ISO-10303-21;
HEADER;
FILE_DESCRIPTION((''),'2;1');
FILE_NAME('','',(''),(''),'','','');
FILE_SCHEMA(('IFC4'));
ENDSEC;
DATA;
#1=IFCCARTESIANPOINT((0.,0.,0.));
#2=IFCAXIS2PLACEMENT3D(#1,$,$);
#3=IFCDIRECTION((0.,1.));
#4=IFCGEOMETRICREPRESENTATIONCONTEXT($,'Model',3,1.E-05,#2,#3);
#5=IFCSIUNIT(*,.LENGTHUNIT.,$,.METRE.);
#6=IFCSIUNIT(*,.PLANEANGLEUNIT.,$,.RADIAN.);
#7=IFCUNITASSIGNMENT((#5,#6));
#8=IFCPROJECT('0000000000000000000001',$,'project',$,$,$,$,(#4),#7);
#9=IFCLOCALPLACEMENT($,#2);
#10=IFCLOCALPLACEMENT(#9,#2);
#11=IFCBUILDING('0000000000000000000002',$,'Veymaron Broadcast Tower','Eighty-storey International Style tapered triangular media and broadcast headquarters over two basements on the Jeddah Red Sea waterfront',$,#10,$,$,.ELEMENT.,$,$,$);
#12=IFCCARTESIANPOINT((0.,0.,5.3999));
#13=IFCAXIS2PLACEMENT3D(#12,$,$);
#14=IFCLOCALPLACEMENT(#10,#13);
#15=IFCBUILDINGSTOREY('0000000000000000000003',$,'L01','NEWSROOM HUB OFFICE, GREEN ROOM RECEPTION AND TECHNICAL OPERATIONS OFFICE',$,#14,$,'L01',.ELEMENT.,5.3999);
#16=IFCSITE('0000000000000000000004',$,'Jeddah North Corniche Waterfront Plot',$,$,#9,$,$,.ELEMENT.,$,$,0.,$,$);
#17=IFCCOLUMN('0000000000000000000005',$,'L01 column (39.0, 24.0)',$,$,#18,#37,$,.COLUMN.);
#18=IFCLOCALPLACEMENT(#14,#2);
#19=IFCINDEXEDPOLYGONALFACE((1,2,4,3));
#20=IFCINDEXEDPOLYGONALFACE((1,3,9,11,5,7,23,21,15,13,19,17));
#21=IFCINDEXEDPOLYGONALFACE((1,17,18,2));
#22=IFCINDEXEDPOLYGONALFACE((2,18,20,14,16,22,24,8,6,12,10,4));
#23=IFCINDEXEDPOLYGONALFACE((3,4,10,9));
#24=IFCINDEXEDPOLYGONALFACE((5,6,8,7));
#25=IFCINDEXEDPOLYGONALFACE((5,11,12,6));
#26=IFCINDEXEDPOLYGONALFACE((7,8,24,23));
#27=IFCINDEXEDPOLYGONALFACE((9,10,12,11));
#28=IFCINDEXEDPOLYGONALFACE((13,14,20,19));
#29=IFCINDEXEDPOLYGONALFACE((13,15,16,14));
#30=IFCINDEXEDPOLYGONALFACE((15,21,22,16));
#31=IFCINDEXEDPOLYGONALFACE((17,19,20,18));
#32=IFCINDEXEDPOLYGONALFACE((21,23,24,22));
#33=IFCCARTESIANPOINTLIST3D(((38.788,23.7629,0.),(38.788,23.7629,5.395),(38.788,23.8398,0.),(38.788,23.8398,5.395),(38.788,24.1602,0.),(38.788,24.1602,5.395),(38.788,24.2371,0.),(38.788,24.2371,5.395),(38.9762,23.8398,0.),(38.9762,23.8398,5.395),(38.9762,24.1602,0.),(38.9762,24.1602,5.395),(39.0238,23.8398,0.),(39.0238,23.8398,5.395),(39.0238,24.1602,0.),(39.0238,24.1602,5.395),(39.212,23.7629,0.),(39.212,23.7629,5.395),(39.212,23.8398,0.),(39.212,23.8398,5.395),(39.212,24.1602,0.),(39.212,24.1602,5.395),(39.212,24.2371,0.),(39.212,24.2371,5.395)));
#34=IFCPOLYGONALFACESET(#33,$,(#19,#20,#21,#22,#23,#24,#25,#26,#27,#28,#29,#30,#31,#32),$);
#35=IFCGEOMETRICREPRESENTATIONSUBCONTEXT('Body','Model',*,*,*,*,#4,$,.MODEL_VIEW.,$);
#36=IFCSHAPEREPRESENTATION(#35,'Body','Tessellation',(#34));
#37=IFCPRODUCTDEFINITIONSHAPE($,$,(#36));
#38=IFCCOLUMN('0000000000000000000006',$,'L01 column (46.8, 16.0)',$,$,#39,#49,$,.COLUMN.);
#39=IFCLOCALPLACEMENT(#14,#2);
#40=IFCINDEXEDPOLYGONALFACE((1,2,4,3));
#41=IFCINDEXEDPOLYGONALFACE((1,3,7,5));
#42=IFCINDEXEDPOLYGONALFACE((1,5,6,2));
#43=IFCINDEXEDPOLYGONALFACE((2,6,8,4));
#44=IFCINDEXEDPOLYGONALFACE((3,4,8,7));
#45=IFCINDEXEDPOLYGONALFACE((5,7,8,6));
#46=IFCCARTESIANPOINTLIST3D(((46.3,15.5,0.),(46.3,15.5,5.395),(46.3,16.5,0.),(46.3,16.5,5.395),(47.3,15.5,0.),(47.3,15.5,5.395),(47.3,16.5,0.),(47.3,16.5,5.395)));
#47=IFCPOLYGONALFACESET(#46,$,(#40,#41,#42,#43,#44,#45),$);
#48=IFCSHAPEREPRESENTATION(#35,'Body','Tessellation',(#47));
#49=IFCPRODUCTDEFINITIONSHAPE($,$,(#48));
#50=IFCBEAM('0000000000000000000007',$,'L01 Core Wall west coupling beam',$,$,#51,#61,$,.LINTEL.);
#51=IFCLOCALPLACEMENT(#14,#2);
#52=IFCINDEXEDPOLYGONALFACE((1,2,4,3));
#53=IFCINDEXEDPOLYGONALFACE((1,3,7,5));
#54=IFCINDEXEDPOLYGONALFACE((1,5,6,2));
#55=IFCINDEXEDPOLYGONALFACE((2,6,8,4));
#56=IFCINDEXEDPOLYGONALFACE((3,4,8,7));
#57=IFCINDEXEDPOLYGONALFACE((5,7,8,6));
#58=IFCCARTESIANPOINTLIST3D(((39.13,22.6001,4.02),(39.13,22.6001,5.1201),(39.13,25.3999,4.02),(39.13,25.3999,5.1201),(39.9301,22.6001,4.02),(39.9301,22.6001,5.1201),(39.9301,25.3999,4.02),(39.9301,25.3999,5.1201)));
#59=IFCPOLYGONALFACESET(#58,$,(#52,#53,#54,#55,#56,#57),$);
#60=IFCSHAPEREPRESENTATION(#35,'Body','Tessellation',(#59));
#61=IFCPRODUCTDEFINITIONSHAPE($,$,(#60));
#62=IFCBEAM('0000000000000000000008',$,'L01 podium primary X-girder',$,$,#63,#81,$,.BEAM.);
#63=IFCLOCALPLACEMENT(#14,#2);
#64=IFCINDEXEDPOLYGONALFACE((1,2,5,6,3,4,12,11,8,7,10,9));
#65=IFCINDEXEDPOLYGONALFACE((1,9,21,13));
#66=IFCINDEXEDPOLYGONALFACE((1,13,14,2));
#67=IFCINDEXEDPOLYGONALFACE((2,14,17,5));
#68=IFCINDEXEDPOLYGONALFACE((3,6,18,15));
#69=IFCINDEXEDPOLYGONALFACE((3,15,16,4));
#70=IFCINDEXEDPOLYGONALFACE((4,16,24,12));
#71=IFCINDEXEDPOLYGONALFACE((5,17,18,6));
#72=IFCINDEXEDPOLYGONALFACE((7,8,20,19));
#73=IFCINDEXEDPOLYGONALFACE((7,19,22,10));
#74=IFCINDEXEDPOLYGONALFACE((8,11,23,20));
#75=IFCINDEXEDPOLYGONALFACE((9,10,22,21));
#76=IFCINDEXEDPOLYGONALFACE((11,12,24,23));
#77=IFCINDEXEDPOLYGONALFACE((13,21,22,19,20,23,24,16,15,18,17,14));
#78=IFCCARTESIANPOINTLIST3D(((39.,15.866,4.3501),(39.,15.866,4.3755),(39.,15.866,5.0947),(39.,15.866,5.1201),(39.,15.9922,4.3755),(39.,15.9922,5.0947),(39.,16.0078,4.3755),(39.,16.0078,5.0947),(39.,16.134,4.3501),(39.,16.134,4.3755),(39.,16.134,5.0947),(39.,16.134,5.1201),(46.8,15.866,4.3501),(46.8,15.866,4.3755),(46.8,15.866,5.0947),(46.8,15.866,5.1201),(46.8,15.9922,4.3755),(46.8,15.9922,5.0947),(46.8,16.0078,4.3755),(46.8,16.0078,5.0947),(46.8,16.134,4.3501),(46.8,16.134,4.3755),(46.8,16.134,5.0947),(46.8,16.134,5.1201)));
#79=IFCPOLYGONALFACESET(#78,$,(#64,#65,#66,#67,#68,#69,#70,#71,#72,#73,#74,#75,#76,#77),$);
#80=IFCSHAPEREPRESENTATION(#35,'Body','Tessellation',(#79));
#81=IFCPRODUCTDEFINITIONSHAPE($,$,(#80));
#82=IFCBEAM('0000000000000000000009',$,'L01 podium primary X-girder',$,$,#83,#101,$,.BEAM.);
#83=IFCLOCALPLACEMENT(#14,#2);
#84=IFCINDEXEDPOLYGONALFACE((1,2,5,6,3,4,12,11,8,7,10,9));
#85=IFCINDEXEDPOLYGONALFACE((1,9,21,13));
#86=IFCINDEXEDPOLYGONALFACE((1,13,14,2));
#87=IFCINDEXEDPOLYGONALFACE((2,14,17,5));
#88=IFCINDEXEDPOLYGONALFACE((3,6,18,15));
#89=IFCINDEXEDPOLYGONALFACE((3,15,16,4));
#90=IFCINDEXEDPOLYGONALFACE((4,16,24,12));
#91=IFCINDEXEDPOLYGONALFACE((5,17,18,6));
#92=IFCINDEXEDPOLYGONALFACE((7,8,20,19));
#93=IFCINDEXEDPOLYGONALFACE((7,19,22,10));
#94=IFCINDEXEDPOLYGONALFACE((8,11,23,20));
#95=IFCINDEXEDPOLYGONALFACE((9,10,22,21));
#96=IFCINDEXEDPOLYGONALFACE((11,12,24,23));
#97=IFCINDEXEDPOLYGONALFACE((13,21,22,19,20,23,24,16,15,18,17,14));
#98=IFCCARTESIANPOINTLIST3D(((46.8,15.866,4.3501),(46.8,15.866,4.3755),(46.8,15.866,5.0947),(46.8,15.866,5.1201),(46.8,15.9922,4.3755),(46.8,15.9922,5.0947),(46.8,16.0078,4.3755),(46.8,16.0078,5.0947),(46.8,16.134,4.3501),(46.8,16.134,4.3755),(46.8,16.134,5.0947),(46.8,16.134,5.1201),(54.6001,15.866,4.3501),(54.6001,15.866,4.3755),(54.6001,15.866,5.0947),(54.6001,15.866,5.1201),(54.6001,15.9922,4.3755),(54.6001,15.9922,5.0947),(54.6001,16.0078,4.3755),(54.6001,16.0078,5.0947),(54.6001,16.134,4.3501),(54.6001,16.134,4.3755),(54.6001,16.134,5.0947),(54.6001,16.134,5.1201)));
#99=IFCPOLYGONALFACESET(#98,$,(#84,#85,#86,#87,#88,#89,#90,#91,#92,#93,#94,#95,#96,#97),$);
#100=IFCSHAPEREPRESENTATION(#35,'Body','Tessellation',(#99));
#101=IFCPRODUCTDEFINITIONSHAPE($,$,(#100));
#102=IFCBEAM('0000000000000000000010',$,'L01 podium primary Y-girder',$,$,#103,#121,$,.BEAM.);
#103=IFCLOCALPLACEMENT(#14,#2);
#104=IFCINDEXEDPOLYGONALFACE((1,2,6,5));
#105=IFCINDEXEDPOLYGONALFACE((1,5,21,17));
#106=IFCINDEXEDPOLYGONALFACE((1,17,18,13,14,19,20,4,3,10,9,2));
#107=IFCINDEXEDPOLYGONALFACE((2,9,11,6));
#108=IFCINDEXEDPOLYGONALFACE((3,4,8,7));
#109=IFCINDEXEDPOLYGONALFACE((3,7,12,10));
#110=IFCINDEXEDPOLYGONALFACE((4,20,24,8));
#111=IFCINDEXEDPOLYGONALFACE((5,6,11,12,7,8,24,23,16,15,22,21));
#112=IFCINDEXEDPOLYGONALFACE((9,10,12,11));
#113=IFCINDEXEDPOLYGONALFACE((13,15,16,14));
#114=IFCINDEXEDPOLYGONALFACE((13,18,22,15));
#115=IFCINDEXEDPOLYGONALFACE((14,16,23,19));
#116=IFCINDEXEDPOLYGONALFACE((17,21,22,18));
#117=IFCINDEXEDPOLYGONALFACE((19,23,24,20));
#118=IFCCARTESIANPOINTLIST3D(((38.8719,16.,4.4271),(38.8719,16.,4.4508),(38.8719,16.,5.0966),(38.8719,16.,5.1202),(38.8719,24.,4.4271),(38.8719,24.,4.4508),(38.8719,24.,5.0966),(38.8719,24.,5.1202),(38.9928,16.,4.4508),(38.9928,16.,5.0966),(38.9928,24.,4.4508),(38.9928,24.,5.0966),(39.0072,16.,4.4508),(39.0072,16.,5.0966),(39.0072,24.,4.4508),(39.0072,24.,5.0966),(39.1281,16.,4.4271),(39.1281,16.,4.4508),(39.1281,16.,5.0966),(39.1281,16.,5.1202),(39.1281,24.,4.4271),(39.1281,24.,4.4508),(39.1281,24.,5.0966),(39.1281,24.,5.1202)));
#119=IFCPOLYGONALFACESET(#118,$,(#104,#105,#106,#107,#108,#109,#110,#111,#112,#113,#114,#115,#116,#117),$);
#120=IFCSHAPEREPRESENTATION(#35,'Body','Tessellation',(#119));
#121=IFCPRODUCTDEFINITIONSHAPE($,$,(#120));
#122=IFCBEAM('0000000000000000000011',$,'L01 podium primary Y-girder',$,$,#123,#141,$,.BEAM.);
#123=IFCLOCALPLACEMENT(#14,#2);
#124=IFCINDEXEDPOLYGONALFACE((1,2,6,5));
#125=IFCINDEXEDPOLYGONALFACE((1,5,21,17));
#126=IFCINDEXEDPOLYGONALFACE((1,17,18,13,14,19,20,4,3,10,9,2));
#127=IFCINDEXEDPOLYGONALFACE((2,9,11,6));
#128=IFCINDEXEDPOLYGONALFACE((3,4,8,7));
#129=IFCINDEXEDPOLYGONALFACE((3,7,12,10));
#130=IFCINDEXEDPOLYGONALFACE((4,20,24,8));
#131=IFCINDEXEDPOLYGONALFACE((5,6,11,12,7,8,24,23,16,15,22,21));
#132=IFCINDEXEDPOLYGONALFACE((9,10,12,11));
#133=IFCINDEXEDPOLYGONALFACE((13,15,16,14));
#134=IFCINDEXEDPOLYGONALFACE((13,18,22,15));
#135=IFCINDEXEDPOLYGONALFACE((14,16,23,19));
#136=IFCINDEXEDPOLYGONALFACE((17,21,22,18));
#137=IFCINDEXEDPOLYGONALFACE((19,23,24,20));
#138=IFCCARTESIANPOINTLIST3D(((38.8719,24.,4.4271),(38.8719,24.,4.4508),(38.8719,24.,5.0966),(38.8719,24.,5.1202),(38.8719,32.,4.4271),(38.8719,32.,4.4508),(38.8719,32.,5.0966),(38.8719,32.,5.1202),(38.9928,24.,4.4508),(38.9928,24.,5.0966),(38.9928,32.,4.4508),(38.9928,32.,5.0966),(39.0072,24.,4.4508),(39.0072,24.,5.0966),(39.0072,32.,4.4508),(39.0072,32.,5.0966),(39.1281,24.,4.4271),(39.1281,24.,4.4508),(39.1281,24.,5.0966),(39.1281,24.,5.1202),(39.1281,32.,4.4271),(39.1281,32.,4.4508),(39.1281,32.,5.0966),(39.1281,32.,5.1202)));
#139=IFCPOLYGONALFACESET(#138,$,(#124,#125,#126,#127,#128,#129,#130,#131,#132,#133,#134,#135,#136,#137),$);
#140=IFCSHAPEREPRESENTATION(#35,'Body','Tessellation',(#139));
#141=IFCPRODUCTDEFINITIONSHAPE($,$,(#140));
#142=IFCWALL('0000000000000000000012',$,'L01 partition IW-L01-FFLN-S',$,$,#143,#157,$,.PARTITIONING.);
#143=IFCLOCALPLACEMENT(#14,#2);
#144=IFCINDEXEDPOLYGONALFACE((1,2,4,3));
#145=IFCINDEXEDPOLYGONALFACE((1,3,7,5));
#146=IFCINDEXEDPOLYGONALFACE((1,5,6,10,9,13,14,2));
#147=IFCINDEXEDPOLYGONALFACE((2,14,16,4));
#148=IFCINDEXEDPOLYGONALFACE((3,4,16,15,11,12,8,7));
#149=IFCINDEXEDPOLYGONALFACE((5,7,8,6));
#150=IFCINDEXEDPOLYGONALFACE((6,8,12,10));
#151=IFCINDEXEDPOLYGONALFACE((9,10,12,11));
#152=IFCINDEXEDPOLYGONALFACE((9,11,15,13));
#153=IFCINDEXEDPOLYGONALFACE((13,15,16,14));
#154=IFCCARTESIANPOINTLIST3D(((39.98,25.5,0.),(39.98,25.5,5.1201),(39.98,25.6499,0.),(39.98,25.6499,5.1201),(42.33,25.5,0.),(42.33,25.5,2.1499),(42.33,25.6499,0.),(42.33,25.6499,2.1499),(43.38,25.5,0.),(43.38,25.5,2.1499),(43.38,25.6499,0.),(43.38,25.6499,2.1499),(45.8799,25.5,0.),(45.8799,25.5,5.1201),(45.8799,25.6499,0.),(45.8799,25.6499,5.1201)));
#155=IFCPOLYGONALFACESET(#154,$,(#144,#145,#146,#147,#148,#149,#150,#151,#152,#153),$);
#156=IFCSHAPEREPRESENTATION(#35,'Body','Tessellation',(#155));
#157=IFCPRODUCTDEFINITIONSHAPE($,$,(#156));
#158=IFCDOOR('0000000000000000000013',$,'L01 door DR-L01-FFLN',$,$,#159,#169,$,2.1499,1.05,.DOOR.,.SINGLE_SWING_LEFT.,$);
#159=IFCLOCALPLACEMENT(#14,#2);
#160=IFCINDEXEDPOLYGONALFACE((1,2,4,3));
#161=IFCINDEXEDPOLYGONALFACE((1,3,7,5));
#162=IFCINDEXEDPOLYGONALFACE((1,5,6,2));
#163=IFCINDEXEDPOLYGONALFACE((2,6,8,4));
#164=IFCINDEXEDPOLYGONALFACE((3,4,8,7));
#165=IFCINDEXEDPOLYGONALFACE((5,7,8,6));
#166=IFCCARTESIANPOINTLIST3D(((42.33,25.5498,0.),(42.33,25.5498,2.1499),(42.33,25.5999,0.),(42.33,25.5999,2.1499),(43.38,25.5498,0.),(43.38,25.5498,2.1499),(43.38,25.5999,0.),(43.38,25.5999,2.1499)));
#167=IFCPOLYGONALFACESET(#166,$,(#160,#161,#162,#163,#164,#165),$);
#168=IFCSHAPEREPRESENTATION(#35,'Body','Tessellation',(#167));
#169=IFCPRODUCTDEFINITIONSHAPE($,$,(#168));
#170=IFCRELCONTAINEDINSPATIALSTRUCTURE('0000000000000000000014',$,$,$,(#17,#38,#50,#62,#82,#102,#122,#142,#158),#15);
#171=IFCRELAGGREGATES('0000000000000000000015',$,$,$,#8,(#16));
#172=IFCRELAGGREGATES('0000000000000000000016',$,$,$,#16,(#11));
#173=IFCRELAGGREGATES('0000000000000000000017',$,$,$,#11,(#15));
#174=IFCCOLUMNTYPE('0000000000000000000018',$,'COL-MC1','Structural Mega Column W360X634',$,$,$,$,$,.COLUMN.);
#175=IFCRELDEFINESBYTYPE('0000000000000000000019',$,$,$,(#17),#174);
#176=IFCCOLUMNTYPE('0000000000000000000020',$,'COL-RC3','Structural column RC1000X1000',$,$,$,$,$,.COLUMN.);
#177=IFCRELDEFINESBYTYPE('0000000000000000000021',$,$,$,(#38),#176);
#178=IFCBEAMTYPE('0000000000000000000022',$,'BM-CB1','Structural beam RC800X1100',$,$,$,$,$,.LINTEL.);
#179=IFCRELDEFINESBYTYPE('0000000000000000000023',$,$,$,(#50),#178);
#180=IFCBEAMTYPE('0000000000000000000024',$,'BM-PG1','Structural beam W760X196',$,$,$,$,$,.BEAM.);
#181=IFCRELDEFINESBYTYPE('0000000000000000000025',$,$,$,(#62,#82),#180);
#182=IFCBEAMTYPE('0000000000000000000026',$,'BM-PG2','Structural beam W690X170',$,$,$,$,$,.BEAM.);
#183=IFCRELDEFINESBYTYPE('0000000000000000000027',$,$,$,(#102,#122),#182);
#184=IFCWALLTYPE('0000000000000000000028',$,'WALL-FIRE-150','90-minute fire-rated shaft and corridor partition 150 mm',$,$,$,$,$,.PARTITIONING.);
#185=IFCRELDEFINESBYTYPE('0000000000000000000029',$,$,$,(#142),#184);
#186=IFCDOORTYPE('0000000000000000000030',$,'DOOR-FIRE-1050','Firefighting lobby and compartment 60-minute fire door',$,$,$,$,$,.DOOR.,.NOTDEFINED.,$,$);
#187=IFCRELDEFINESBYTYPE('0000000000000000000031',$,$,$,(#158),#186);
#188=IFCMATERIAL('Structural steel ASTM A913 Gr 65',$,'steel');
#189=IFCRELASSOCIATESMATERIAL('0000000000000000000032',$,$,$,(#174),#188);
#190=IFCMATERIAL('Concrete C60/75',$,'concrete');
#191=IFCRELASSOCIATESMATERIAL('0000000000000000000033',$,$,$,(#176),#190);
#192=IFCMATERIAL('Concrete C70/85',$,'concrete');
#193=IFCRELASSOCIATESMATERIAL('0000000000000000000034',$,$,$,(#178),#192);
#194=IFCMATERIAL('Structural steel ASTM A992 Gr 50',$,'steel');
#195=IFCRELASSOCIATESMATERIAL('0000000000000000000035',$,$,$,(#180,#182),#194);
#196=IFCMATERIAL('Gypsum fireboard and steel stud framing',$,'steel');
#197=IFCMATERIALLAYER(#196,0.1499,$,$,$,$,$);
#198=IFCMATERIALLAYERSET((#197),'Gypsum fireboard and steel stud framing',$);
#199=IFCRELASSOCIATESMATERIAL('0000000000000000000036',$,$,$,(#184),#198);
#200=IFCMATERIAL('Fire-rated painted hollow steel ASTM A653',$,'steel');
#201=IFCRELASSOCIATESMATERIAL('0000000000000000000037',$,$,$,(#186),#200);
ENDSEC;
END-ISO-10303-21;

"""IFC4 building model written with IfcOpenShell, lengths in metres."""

from ifc_helpers import new_model, si_unit, direction, frame, frame_2d, origin, origin_2d, place, context, subcontext, project, spatial, rectangle, i_section, extrude, material, layer, layer_set, material_profile, profile_set, type_object, element, fill, save


model = new_model("IFC4")

# Units and contexts
model_context = context("Model", 3, precision=1e-05, world=origin(), true_north=direction((0.0, 1.0)))
body_context = subcontext(model_context, "Body", "Model", "MODEL_VIEW")
ifc_project = project(units=[si_unit("LENGTHUNIT", "METRE"), si_unit("PLANEANGLEUNIT", "RADIAN")], contexts=[model_context])

# Site, building, storey
site_placement = place(None, origin())
site = spatial("IfcSite", under=ifc_project, at=site_placement, Name="Jeddah North Corniche Waterfront Plot", CompositionType="ELEMENT", RefElevation=0.0)
building_placement = place(site_placement, origin())
building = spatial("IfcBuilding", under=site, at=building_placement, Name="Veymaron Broadcast Tower", Description="Eighty-storey International Style tapered triangular media and broadcast headquarters over two basements on the Jeddah Red Sea waterfront", CompositionType="ELEMENT")
storey_placement = place(building_placement, frame((0.0, 0.0, 5.3999)))
storey = spatial("IfcBuildingStorey", under=building, at=storey_placement, Name="L01", Description="NEWSROOM HUB OFFICE, GREEN ROOM RECEPTION AND TECHNICAL OPERATIONS OFFICE", LongName="L01", CompositionType="ELEMENT", Elevation=5.3999)

# Columns
ifc_material_1 = material(Name="Structural steel ASTM A913 Gr 65", Category="steel")
ifc_material_profile_1 = material_profile(ifc_material_1, i_section(OverallWidth=0.4241, OverallDepth=0.4741, WebThickness=0.0476, FlangeThickness=0.0769, at=origin_2d()), Name="W360X634")
ifc_profile_set_1 = profile_set([ifc_material_profile_1], Name="Structural steel ASTM A913 Gr 65")
column_type_1 = type_object("IfcColumnType", Name="COL-MC1", Description="Structural Mega Column W360X634", PredefinedType="COLUMN", material=ifc_profile_set_1)
column_1_placement = place(storey_placement, frame((39.0, 24.0, 0.0), z_axis=(0.0, 0.0, 1.0), x_axis=(1.0, 0.0, 0.0)))
element("IfcColumn", 1, at=column_1_placement, inside=storey, type_object=column_type_1, Name="L01 column (39.0, 24.0)", PredefinedType="COLUMN", context=body_context, shape_type="SweptSolid", body=[
    extrude(i_section(OverallWidth=0.4241, OverallDepth=0.4741, WebThickness=0.0476, FlangeThickness=0.0769, at=origin_2d()), origin(), (0.0, 0.0, 1.0), 5.395),
])
ifc_material_2 = material(Name="Concrete C60/75", Category="concrete")
ifc_material_profile_2 = material_profile(ifc_material_2, rectangle(XDim=1.0, YDim=1.0, at=origin_2d()), Name="RC1000X1000")
ifc_profile_set_2 = profile_set([ifc_material_profile_2], Name="Concrete C60/75")
column_type_2 = type_object("IfcColumnType", Name="COL-RC3", Description="Structural column RC1000X1000", PredefinedType="COLUMN", material=ifc_profile_set_2)
column_2_placement = place(storey_placement, frame((46.8, 16.0, 0.0), z_axis=(0.0, 0.0, 1.0), x_axis=(1.0, 0.0, 0.0)))
element("IfcColumn", 2, at=column_2_placement, inside=storey, type_object=column_type_2, Name="L01 column (46.8, 16.0)", PredefinedType="COLUMN", context=body_context, shape_type="SweptSolid", body=[
    extrude(rectangle(XDim=1.0, YDim=1.0, at=origin_2d()), origin(), (0.0, 0.0, 1.0), 5.395),
])

# Beams
ifc_material_3 = material(Name="Concrete C70/85", Category="concrete")
ifc_material_profile_3 = material_profile(ifc_material_3, rectangle(XDim=0.8, YDim=1.1001, at=origin_2d()), Name="RC800X1100")
ifc_profile_set_3 = profile_set([ifc_material_profile_3], Name="Concrete C70/85")
beam_type_1 = type_object("IfcBeamType", Name="BM-CB1", Description="Structural beam RC800X1100", PredefinedType="LINTEL", material=ifc_profile_set_3)
beam_placement = place(storey_placement, frame((39.53, 22.6001, 4.5701), z_axis=(0.0, 1.0, 0.0), x_axis=(-1.0, 0.0, 0.0)))
element("IfcBeam", 3, at=beam_placement, inside=storey, type_object=beam_type_1, Name="L01 Core Wall west coupling beam", PredefinedType="LINTEL", context=body_context, shape_type="SweptSolid", body=[
    extrude(rectangle(XDim=0.8, YDim=1.1001, at=origin_2d()), origin(), (0.0, 0.0, 1.0), 2.7998),
])
ifc_material_4 = material(Name="Structural steel ASTM A992 Gr 50", Category="steel")
ifc_material_profile_4 = material_profile(ifc_material_4, i_section(OverallWidth=0.2681, OverallDepth=0.77, WebThickness=0.0156, FlangeThickness=0.0254, at=origin_2d()), Name="W760X196")
ifc_profile_set_4 = profile_set([ifc_material_profile_4], Name="Structural steel ASTM A992 Gr 50")
beam_type_2 = type_object("IfcBeamType", Name="BM-PG1", Description="Structural beam W760X196", PredefinedType="BEAM", material=ifc_profile_set_4)
for number, where, z_axis, x_axis, name in (
    (4, (39.0, 16.0, 4.7351), (1.0, 0.0, 0.0), (0.0, 1.0, 0.0), "L01 podium primary X-girder"),
    (5, (46.8, 16.0, 4.7351), (1.0, 0.0, 0.0), (0.0, 1.0, 0.0), "L01 podium primary X-girder"),
):
    element("IfcBeam", number, at=place(storey_placement, frame(where, z_axis=z_axis, x_axis=x_axis)), inside=storey, type_object=beam_type_2, Name=name, PredefinedType="BEAM", context=body_context, shape_type="SweptSolid", body=[
        extrude(i_section(OverallWidth=0.2681, OverallDepth=0.77, WebThickness=0.0156, FlangeThickness=0.0254, at=origin_2d()), origin(), (0.0, 0.0, 1.0), 7.8),
    ])
ifc_material_profile_5 = material_profile(ifc_material_4, i_section(OverallWidth=0.2561, OverallDepth=0.6931, WebThickness=0.0144, FlangeThickness=0.0237, at=origin_2d()), Name="W690X170")
ifc_profile_set_5 = profile_set([ifc_material_profile_5], Name="Structural steel ASTM A992 Gr 50")
beam_type_3 = type_object("IfcBeamType", Name="BM-PG2", Description="Structural beam W690X170", PredefinedType="BEAM", material=ifc_profile_set_5)
for number, where, z_axis, x_axis, name in (
    (6, (39.0, 16.0, 4.7737), (0.0, 1.0, 0.0), (-1.0, 0.0, 0.0), "L01 podium primary Y-girder"),
    (7, (39.0, 24.0, 4.7737), (0.0, 1.0, 0.0), (-1.0, 0.0, 0.0), "L01 podium primary Y-girder"),
):
    element("IfcBeam", number, at=place(storey_placement, frame(where, z_axis=z_axis, x_axis=x_axis)), inside=storey, type_object=beam_type_3, Name=name, PredefinedType="BEAM", context=body_context, shape_type="SweptSolid", body=[
        extrude(i_section(OverallWidth=0.2561, OverallDepth=0.6931, WebThickness=0.0144, FlangeThickness=0.0237, at=origin_2d()), origin(), (0.0, 0.0, 1.0), 8.0),
    ])

# Wall, opening, door
ifc_material_5 = material(Name="Gypsum fireboard and steel stud framing", Category="steel")
ifc_layer_1 = layer(ifc_material_5, 0.1499)
ifc_layer_set_1 = layer_set([ifc_layer_1], Name="Gypsum fireboard and steel stud framing")
wall_type_1 = type_object("IfcWallType", Name="WALL-FIRE-150", Description="90-minute fire-rated shaft and corridor partition 150 mm", PredefinedType="PARTITIONING", material=ifc_layer_set_1)
wall_1_placement = place(storey_placement, frame((39.98, 25.575, 0.0), z_axis=(0.0, 0.0, 1.0), x_axis=(1.0, 0.0, 0.0)))
wall_1 = element("IfcWall", 8, at=wall_1_placement, inside=storey, type_object=wall_type_1, Name="L01 partition IW-L01-FFLN-S", PredefinedType="PARTITIONING", context=body_context, shape_type="SweptSolid", body=[
    extrude(rectangle(XDim=5.8999, YDim=0.1499, at=frame_2d((2.95, 0.0))), origin(), (0.0, 0.0, 1.0), 5.1201),
])
opening_1_placement = place(wall_1_placement, frame((2.3501, 0.0, 0.0)))
opening_1 = element("IfcOpeningElement", 9, at=opening_1_placement, cuts=wall_1, PredefinedType="OPENING", context=body_context, shape_type="SweptSolid", body=[
    extrude(rectangle(XDim=1.05, YDim=2.1499, at=frame_2d((0.5249, 1.075))), frame((0.0, 0.085, 0.0), z_axis=(0.0, -1.0, 0.0), x_axis=(1.0, 0.0, 0.0)), (0.0, 0.0, 1.0), 0.1699),
])
ifc_material_6 = material(Name="Fire-rated painted hollow steel ASTM A653", Category="steel")
door_type_1 = type_object("IfcDoorType", Name="DOOR-FIRE-1050", Description="Firefighting lobby and compartment 60-minute fire door", OperationType="NOTDEFINED", PredefinedType="DOOR", material=ifc_material_6)
door_1_placement = place(opening_1_placement, origin())
door_1 = element("IfcDoor", 10, at=door_1_placement, inside=storey, type_object=door_type_1, Name="L01 door DR-L01-FFLN", OperationType="SINGLE_SWING_LEFT", OverallHeight=2.1499, OverallWidth=1.05, PredefinedType="DOOR", context=body_context, shape_type="SweptSolid", body=[
    extrude(rectangle(XDim=1.05, YDim=2.1499, at=frame_2d((0.5249, 1.075))), frame((0.0, 0.0249, 0.0), z_axis=(0.0, -1.0, 0.0), x_axis=(1.0, 0.0, 0.0)), (0.0, 0.0, 1.0), 0.05),
])
fill(opening_1, door_1)

save(model, "model.ifc")
